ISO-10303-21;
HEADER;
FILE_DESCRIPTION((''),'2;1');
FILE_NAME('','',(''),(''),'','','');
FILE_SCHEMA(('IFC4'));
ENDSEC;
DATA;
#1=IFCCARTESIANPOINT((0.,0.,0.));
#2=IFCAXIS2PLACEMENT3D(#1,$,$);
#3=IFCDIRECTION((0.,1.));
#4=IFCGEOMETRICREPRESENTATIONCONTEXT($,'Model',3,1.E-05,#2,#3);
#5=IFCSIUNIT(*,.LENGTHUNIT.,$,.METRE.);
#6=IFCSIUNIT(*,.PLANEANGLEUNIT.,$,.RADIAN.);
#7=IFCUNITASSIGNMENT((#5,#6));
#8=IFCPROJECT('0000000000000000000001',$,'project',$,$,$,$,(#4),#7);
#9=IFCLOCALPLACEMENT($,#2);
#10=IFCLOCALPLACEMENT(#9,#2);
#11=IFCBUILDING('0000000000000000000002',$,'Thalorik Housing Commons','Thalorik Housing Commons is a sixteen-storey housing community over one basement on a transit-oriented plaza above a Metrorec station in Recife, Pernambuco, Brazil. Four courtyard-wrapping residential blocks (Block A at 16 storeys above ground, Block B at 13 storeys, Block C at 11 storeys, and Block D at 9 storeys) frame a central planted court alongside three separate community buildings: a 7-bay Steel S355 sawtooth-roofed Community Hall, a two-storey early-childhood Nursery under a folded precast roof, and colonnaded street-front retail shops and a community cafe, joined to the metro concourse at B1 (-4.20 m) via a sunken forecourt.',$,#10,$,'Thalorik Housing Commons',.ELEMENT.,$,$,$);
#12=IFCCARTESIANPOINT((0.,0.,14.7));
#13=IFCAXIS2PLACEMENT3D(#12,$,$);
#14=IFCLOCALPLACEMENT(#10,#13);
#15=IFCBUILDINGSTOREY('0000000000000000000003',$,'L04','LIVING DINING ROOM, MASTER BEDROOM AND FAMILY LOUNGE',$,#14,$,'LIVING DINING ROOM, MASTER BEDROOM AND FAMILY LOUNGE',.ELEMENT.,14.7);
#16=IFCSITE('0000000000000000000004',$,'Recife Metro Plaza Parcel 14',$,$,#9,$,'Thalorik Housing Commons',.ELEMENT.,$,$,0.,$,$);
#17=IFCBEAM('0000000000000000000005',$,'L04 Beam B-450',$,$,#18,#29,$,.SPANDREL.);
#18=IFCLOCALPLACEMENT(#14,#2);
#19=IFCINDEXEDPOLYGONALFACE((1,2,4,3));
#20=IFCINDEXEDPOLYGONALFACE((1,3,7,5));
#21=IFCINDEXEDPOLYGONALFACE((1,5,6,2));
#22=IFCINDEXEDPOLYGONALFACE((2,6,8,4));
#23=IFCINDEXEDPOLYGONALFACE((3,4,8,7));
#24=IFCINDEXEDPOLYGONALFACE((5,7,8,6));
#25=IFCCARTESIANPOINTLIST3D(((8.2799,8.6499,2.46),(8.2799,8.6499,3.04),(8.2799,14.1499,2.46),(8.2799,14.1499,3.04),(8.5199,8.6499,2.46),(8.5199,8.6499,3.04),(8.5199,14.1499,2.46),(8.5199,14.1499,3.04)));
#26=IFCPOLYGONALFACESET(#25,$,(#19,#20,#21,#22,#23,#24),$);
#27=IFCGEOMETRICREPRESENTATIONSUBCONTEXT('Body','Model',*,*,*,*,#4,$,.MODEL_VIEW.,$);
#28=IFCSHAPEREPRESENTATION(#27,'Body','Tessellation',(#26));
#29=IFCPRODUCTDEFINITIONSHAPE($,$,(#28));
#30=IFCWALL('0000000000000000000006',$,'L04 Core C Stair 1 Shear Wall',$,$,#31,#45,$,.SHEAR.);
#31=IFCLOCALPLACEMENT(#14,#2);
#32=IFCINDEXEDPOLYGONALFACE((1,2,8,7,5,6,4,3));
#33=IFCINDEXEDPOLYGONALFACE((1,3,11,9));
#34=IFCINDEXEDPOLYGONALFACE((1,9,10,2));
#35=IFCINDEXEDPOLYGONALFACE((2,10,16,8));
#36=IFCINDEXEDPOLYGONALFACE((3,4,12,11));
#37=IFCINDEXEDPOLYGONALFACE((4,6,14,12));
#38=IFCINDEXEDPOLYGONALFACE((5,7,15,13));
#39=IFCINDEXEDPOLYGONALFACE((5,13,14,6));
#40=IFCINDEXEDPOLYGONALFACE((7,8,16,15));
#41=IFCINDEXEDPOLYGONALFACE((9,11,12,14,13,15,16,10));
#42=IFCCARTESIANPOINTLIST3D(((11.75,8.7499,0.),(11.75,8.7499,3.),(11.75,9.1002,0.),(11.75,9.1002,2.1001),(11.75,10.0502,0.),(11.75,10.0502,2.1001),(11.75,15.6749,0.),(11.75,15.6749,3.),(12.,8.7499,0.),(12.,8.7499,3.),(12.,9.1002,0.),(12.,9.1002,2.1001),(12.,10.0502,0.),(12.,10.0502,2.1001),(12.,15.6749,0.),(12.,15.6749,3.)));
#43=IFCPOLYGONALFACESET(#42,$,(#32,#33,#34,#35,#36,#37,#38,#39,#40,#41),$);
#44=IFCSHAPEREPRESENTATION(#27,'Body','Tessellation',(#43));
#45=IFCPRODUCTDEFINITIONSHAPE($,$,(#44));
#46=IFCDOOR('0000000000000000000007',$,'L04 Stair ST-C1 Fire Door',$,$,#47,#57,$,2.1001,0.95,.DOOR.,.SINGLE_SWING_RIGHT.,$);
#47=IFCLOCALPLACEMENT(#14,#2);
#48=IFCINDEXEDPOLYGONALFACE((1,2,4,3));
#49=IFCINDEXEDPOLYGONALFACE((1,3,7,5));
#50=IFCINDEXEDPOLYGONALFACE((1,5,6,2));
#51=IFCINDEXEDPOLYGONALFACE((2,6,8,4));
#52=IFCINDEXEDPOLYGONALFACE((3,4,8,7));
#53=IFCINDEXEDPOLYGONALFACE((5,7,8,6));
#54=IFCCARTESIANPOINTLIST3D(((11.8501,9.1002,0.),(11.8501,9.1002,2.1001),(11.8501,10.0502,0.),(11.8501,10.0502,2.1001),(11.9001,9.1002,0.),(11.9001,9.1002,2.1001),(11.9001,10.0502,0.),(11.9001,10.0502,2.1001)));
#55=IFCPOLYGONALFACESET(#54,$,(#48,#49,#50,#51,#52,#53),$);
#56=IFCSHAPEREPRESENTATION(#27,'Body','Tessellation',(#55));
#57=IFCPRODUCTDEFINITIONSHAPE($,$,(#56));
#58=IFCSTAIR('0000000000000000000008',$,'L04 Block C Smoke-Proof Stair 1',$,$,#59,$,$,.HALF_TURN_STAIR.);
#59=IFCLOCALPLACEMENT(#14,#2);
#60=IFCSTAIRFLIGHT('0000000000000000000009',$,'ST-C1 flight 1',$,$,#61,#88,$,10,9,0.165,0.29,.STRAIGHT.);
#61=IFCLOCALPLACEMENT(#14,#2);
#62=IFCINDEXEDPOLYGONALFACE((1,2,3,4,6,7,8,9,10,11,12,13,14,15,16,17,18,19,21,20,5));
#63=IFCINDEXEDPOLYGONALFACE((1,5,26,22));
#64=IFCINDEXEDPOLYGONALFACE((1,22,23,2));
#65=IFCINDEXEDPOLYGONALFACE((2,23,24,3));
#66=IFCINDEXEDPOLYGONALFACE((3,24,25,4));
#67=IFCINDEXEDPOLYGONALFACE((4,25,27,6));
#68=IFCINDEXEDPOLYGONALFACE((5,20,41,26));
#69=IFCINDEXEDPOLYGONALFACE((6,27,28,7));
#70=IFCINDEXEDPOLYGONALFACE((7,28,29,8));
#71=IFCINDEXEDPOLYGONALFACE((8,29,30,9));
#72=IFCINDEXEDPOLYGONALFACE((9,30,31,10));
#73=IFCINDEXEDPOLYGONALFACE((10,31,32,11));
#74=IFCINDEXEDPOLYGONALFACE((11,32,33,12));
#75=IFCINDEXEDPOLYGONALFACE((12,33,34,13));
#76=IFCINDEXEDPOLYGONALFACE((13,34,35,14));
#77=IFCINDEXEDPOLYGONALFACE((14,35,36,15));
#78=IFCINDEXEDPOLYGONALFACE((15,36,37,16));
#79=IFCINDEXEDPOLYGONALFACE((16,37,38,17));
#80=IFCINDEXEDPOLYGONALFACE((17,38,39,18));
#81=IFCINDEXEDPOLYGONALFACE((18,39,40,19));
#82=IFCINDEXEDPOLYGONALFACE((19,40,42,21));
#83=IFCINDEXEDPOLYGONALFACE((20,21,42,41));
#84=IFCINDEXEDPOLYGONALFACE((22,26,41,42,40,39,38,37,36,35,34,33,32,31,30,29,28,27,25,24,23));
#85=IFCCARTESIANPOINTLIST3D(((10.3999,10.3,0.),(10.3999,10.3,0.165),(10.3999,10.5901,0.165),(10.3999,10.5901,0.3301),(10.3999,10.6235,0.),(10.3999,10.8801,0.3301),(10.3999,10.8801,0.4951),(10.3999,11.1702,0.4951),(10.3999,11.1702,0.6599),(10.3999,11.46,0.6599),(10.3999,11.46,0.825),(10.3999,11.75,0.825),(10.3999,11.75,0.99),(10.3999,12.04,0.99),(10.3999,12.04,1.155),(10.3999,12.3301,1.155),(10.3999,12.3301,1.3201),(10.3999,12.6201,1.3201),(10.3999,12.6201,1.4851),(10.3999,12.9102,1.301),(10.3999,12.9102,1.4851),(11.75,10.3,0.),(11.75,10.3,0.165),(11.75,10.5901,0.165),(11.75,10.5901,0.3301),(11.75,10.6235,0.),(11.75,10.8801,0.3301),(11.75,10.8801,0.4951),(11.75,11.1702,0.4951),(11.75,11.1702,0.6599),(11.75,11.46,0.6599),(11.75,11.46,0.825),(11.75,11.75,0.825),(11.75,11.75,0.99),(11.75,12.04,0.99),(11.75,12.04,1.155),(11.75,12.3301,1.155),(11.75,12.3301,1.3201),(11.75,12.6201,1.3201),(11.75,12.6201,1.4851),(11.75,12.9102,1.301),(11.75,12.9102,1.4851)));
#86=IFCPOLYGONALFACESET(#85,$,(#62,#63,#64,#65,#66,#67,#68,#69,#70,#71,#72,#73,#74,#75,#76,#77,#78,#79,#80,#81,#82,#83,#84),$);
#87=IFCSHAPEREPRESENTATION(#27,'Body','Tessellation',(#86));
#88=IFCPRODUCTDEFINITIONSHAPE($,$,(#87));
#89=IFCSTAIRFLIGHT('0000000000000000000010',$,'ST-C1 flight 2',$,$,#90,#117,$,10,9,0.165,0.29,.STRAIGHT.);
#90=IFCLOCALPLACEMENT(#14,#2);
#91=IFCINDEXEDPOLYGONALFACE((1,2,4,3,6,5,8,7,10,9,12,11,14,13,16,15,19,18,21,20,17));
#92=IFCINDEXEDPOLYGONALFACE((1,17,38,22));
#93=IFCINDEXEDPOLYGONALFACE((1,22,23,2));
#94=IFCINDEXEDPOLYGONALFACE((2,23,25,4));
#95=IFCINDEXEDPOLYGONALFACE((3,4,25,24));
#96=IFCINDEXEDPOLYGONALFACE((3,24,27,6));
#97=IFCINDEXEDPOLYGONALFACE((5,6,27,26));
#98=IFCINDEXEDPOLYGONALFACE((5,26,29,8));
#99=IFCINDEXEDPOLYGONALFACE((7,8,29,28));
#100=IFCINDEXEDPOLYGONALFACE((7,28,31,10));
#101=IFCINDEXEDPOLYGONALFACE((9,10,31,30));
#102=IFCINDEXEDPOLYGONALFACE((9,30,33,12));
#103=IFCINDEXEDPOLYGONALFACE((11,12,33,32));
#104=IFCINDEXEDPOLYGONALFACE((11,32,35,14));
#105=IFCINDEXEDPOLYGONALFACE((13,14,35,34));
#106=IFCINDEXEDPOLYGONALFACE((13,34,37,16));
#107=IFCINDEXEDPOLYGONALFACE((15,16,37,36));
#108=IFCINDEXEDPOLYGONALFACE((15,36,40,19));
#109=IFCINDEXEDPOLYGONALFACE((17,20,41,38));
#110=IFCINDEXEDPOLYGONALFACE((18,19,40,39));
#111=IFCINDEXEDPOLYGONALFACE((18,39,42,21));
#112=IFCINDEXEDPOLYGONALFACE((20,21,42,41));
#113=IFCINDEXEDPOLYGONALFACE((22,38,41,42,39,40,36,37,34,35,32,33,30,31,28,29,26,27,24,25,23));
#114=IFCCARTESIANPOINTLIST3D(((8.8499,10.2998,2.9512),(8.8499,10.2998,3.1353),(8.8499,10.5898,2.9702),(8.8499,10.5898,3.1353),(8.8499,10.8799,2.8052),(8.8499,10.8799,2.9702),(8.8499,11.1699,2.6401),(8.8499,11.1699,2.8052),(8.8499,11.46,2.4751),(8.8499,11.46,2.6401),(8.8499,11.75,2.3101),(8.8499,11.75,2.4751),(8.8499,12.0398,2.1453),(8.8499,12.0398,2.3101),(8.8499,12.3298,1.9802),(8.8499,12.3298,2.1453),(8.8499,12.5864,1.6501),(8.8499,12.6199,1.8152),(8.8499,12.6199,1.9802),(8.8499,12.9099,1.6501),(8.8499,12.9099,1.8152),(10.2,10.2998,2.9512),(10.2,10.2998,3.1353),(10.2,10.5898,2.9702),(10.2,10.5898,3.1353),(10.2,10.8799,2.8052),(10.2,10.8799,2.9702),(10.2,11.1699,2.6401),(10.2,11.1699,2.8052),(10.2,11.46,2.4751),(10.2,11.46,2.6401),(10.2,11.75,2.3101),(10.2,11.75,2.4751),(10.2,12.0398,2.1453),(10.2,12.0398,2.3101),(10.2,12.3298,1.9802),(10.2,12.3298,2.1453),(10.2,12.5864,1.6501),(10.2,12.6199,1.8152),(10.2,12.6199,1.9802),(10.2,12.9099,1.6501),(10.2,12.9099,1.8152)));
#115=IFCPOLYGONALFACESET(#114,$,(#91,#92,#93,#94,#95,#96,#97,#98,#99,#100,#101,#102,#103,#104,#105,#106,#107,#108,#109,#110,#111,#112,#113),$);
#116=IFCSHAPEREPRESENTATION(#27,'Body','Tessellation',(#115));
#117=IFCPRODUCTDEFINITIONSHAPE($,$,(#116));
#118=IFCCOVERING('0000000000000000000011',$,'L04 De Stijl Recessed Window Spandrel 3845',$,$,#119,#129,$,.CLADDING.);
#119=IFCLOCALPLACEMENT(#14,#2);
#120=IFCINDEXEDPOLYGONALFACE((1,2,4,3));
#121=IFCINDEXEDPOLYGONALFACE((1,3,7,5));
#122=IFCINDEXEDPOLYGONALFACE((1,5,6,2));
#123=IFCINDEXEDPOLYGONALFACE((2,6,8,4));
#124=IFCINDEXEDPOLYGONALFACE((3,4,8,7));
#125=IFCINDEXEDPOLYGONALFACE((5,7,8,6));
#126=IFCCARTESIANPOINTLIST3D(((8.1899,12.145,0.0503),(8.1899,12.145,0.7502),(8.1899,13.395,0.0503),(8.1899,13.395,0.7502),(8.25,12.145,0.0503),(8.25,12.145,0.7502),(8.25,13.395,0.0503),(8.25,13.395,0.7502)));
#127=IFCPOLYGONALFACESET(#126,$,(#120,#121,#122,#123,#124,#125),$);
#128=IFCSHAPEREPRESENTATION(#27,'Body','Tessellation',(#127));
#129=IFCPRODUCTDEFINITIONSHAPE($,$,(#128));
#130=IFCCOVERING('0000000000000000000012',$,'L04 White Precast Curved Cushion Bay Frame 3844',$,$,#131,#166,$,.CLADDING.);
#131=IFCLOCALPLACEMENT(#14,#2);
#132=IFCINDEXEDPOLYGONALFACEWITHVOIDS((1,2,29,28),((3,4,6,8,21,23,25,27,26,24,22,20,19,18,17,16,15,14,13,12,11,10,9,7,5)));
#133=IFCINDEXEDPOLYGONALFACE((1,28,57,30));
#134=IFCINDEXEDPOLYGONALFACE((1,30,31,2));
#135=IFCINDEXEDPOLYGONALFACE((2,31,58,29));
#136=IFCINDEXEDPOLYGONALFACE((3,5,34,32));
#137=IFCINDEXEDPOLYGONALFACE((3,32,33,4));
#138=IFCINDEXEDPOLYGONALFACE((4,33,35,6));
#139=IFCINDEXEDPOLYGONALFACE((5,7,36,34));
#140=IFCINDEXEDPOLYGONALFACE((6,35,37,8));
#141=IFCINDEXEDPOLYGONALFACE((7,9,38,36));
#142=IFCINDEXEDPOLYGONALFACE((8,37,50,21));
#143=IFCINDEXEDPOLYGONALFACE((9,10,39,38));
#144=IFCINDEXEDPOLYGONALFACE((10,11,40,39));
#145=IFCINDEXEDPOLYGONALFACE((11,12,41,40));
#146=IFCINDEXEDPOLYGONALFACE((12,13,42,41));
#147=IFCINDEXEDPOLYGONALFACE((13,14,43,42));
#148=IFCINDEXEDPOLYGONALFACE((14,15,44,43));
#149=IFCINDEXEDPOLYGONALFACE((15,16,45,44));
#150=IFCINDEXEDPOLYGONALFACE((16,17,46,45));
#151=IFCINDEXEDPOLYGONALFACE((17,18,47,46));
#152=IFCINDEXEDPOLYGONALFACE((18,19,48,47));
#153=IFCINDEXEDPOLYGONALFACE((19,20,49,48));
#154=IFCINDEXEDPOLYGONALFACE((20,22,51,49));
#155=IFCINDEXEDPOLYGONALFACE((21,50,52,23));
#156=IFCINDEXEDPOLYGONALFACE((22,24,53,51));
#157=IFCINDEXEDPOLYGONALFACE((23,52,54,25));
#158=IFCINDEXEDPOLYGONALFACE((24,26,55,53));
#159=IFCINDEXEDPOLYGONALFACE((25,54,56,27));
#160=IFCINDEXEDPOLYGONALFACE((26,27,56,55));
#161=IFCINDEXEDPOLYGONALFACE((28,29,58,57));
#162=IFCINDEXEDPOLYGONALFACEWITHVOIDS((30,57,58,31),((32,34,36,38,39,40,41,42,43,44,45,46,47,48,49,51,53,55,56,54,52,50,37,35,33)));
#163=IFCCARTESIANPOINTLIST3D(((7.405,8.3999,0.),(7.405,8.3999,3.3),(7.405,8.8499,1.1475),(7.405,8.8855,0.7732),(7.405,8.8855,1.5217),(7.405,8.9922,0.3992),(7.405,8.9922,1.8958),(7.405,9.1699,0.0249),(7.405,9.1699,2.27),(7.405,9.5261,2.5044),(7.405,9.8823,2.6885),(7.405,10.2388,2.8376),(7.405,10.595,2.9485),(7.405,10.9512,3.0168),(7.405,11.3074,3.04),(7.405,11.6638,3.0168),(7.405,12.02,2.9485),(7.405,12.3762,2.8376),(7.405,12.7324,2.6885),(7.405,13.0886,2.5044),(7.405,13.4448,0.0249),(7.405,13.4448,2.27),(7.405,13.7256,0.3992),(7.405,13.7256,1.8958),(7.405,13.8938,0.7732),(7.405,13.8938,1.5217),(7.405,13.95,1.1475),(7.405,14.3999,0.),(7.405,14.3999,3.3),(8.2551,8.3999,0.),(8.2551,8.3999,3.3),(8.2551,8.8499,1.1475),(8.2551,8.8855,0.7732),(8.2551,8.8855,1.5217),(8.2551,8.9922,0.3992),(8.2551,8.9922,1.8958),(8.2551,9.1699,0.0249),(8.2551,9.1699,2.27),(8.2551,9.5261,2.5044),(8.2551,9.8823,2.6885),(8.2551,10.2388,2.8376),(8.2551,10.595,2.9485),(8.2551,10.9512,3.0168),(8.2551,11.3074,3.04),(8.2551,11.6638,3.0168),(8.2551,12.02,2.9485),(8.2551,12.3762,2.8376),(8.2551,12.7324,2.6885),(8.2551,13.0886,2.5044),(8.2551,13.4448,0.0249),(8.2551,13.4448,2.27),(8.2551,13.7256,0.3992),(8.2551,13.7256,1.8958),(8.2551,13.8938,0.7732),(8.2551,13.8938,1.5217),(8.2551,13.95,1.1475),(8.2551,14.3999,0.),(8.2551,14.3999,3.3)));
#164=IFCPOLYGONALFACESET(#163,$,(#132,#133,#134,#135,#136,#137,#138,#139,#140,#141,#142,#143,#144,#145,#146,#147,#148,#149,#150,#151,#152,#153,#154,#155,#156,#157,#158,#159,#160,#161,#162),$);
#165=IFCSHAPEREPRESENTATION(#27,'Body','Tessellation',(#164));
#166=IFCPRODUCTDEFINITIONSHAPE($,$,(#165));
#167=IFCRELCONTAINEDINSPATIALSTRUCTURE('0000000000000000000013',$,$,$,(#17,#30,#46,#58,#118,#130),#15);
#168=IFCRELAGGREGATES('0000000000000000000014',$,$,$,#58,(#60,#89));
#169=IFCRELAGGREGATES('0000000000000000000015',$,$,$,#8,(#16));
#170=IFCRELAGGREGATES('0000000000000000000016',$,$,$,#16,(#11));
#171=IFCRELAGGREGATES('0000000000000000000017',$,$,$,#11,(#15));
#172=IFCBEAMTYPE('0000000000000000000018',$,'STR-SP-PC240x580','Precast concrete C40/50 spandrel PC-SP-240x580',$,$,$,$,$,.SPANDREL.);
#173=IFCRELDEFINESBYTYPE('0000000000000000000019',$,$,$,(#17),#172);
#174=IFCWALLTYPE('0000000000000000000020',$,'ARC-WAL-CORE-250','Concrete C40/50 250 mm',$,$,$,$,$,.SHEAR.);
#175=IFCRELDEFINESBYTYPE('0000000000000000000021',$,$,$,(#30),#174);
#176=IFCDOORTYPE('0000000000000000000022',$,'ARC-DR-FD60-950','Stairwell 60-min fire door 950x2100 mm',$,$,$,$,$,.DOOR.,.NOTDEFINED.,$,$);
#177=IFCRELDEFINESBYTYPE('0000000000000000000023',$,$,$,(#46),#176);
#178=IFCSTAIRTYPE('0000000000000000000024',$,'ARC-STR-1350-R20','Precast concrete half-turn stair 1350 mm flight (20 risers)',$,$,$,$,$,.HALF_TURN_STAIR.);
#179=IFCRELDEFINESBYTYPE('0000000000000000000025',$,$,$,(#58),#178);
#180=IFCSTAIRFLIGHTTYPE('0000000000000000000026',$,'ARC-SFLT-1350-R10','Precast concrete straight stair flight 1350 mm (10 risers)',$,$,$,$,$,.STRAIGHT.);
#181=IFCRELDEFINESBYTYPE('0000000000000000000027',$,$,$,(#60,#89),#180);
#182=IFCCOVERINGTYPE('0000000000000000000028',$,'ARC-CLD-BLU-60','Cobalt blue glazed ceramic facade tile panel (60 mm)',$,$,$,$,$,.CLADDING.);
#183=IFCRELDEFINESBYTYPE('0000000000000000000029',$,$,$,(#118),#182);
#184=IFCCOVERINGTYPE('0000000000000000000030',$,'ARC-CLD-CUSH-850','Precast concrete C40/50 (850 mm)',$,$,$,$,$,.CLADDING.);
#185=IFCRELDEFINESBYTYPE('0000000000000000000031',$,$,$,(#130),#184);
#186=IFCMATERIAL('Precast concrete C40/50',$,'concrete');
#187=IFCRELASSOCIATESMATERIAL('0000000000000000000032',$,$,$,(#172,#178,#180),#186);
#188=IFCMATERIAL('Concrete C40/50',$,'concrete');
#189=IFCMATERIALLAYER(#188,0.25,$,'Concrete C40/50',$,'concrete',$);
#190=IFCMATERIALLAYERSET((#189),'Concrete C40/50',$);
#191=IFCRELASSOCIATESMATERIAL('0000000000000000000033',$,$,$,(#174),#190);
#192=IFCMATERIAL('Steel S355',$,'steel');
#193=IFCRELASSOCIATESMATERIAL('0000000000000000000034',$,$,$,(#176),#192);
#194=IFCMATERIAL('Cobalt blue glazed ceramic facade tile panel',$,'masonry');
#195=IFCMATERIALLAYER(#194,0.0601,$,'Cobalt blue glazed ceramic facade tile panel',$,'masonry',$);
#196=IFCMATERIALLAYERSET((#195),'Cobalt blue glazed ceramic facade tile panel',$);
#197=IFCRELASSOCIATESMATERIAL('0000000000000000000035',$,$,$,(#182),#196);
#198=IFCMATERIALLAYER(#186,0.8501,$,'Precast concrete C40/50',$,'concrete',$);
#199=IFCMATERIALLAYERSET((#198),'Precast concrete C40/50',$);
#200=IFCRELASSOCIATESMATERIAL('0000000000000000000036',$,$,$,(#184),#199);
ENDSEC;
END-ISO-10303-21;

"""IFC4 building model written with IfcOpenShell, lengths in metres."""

from ifc_helpers import new_model, si_unit, direction, frame, frame_2d, origin, origin_2d, place, context, subcontext, project, spatial, polyline, rectangle, outline, extrude, material, layer, layer_set, material_profile, profile_set, type_object, element, fill, aggregate, save


model = new_model("IFC4")

# Units and contexts
model_context = context("Model", 3, precision=1e-05, world=origin(), true_north=direction((0.0, 1.0)))
body_context = subcontext(model_context, "Body", "Model", "MODEL_VIEW")
ifc_project = project(units=[si_unit("LENGTHUNIT", "METRE"), si_unit("PLANEANGLEUNIT", "RADIAN")], contexts=[model_context])

# Site, building, storey
site_placement = place(None, origin())
site = spatial("IfcSite", under=ifc_project, at=site_placement, Name="Recife Metro Plaza Parcel 14", LongName="Thalorik Housing Commons", CompositionType="ELEMENT", RefElevation=0.0)
building_placement = place(site_placement, origin())
building = spatial("IfcBuilding", under=site, at=building_placement, Name="Thalorik Housing Commons", Description="Thalorik Housing Commons is a sixteen-storey housing community over one basement on a transit-oriented plaza above a Metrorec station in Recife, Pernambuco, Brazil. Four courtyard-wrapping residential blocks (Block A at 16 storeys above ground, Block B at 13 storeys, Block C at 11 storeys, and Block D at 9 storeys) frame a central planted court alongside three separate community buildings: a 7-bay Steel S355 sawtooth-roofed Community Hall, a two-storey early-childhood Nursery under a folded precast roof, and colonnaded street-front retail shops and a community cafe, joined to the metro concourse at B1 (-4.20 m) via a sunken forecourt.", LongName="Thalorik Housing Commons", CompositionType="ELEMENT")
storey_placement = place(building_placement, frame((0.0, 0.0, 14.7)))
storey = spatial("IfcBuildingStorey", under=building, at=storey_placement, Name="L04", Description="LIVING DINING ROOM, MASTER BEDROOM AND FAMILY LOUNGE", LongName="LIVING DINING ROOM, MASTER BEDROOM AND FAMILY LOUNGE", CompositionType="ELEMENT", Elevation=14.7)

# Beam
ifc_material_1 = material(Name="Precast concrete C40/50", Category="concrete")
ifc_material_profile = material_profile(ifc_material_1, rectangle(XDim=0.24, YDim=0.5801, at=origin_2d()), Name="PC SP 240x580", Category="concrete")
ifc_profile_set = profile_set([ifc_material_profile], Name="Precast concrete C40/50")
beam_type = type_object("IfcBeamType", Name="STR-SP-PC240x580", Description="Precast concrete C40/50 spandrel PC-SP-240x580", PredefinedType="SPANDREL", material=ifc_profile_set)
beam_placement = place(storey_placement, frame((8.3999, 8.6499, 2.75), z_axis=(0.0, 1.0, 0.0), x_axis=(-1.0, 0.0, 0.0)))
element("IfcBeam", 1, at=beam_placement, inside=storey, type_object=beam_type, Name="L04 Beam B-450", PredefinedType="SPANDREL", context=body_context, shape_type="SweptSolid", body=[
    extrude(rectangle(XDim=0.24, YDim=0.5801, at=origin_2d()), origin(), (0.0, 0.0, 1.0), 5.5),
])

# Wall, opening, door
ifc_material_2 = material(Name="Concrete C40/50", Category="concrete")
ifc_layer_1 = layer(ifc_material_2, 0.25, Name="Concrete C40/50", Category="concrete")
ifc_layer_set_1 = layer_set([ifc_layer_1], Name="Concrete C40/50")
wall_type = type_object("IfcWallType", Name="ARC-WAL-CORE-250", Description="Concrete C40/50 250 mm", PredefinedType="SHEAR", material=ifc_layer_set_1)
wall_1_placement = place(storey_placement, frame((11.875, 8.75, 0.0), z_axis=(0.0, 0.0, 1.0), x_axis=(0.0, 1.0, 0.0)))
wall_1 = element("IfcWall", 2, at=wall_1_placement, inside=storey, type_object=wall_type, Name="L04 Core C Stair 1 Shear Wall", PredefinedType="SHEAR", context=body_context, shape_type="SweptSolid", body=[
    extrude(rectangle(XDim=6.925, YDim=0.25, at=frame_2d((3.4624, 0.0))), origin(), (0.0, 0.0, 1.0), 3.0),
])
opening_1_placement = place(wall_1_placement, frame((0.3501, 0.0, 0.0)))
opening_1 = element("IfcOpeningElement", 3, at=opening_1_placement, cuts=wall_1, PredefinedType="OPENING", context=body_context, shape_type="SweptSolid", body=[
    extrude(rectangle(XDim=0.95, YDim=2.1001, at=frame_2d((0.4751, 1.05))), frame((0.0, 0.135, 0.0), z_axis=(0.0, -1.0, 0.0), x_axis=(1.0, 0.0, 0.0)), (0.0, 0.0, 1.0), 0.27),
])
ifc_material_3 = material(Name="Steel S355", Category="steel")
door_type_1 = type_object("IfcDoorType", Name="ARC-DR-FD60-950", Description="Stairwell 60-min fire door 950x2100 mm", OperationType="NOTDEFINED", PredefinedType="DOOR", material=ifc_material_3)
door_1_placement = place(opening_1_placement, origin())
door_1 = element("IfcDoor", 4, at=door_1_placement, inside=storey, type_object=door_type_1, Name="L04 Stair ST-C1 Fire Door", OperationType="SINGLE_SWING_RIGHT", OverallHeight=2.1001, OverallWidth=0.95, PredefinedType="DOOR", context=body_context, shape_type="SweptSolid", body=[
    extrude(rectangle(XDim=0.95, YDim=2.1001, at=frame_2d((0.4751, 1.05))), frame((0.0, 0.0249, 0.0), z_axis=(0.0, -1.0, 0.0), x_axis=(1.0, 0.0, 0.0)), (0.0, 0.0, 1.0), 0.05),
])
fill(opening_1, door_1)

# Stair, stair flights
stair_type = type_object("IfcStairType", Name="ARC-STR-1350-R20", Description="Precast concrete half-turn stair 1350 mm flight (20 risers)", PredefinedType="HALF_TURN_STAIR", material=ifc_material_1)
stair_placement = place(storey_placement, origin())
stair = element("IfcStair", 5, at=stair_placement, inside=storey, type_object=stair_type, Name="L04 Block C Smoke-Proof Stair 1", PredefinedType="HALF_TURN_STAIR")
stair_flight_type = type_object("IfcStairFlightType", Name="ARC-SFLT-1350-R10", Description="Precast concrete straight stair flight 1350 mm (10 risers)", PredefinedType="STRAIGHT", material=ifc_material_1)
stair_flight_1_placement = place(storey_placement, frame((11.075, 10.3, 0.0), z_axis=(0.0, 0.0, 1.0), x_axis=(0.0, 1.0, 0.0)))
stair_flight_1 = element("IfcStairFlight", 6, at=stair_flight_1_placement, type_object=stair_flight_type, Name="ST-C1 flight 1", NumberOfRisers=10, NumberOfTreads=9, PredefinedType="STRAIGHT", RiserHeight=0.165, TreadLength=0.29, context=body_context, shape_type="SweptSolid", body=[
    extrude(outline(polyline([(0.0, 0.0), (0.0, 0.165), (0.29, 0.165), (0.29, 0.3301), (0.5801, 0.3301), (0.5801, 0.4951), (0.8701, 0.4951), (0.8701, 0.6599), (1.1599, 0.6599), (1.1599, 0.825), (1.45, 0.825), (1.45, 0.99), (1.74, 0.99), (1.74, 1.155), (2.03, 1.155), (2.03, 1.3201), (2.3201, 1.3201), (2.3201, 1.4851), (2.6101, 1.4851), (2.6101, 1.6499), (2.6101, 1.301), (0.3235, 0.0), (0.0, 0.0)])), frame((0.0, 0.675, 0.0), z_axis=(0.0, -1.0, 0.0), x_axis=(1.0, 0.0, 0.0)), (0.0, 0.0, 1.0), 1.3501),
])
stair_flight_2_placement = place(storey_placement, frame((9.5249, 12.9099, 1.6501), z_axis=(0.0, 0.0, 1.0), x_axis=(0.0, -1.0, 0.0)))
stair_flight_2 = element("IfcStairFlight", 7, at=stair_flight_2_placement, type_object=stair_flight_type, Name="ST-C1 flight 2", NumberOfRisers=10, NumberOfTreads=9, PredefinedType="STRAIGHT", RiserHeight=0.165, TreadLength=0.29, context=body_context, shape_type="SweptSolid", body=[
    extrude(outline(polyline([(0.0, 0.0), (0.0, 0.165), (0.29, 0.165), (0.29, 0.3301), (0.5801, 0.3301), (0.5801, 0.4951), (0.8701, 0.4951), (0.8701, 0.6599), (1.1599, 0.6599), (1.1599, 0.825), (1.45, 0.825), (1.45, 0.99), (1.74, 0.99), (1.74, 1.155), (2.03, 1.155), (2.03, 1.3201), (2.3201, 1.3201), (2.3201, 1.4851), (2.6101, 1.4851), (2.6101, 1.6499), (2.6101, 1.301), (0.3235, 0.0), (0.0, 0.0)])), frame((0.0, 0.675, 0.0), z_axis=(0.0, -1.0, 0.0), x_axis=(1.0, 0.0, 0.0)), (0.0, 0.0, 1.0), 1.3501),
])
aggregate(stair, [stair_flight_1, stair_flight_2])

# Coverings
ifc_material_4 = material(Name="Cobalt blue glazed ceramic facade tile panel", Category="masonry")
ifc_layer_2 = layer(ifc_material_4, 0.0601, Name="Cobalt blue glazed ceramic facade tile panel", Category="masonry")
ifc_layer_set_2 = layer_set([ifc_layer_2], Name="Cobalt blue glazed ceramic facade tile panel")
covering_type_1 = type_object("IfcCoveringType", Name="ARC-CLD-BLU-60", Description="Cobalt blue glazed ceramic facade tile panel (60 mm)", PredefinedType="CLADDING", material=ifc_layer_set_2)
covering_1_placement = place(storey_placement, frame((8.22, 12.77, 0.0503), z_axis=(0.0, 0.0, 1.0), x_axis=(0.0, -1.0, 0.0)))
element("IfcCovering", 8, at=covering_1_placement, inside=storey, type_object=covering_type_1, Name="L04 De Stijl Recessed Window Spandrel 3845", PredefinedType="CLADDING", context=body_context, shape_type="SweptSolid", body=[
    extrude(rectangle(XDim=1.25, YDim=0.0601, at=origin_2d()), origin(), (0.0, 0.0, 1.0), 0.7),
])
ifc_layer_3 = layer(ifc_material_1, 0.8501, Name="Precast concrete C40/50", Category="concrete")
ifc_layer_set_3 = layer_set([ifc_layer_3], Name="Precast concrete C40/50")
covering_type_2 = type_object("IfcCoveringType", Name="ARC-CLD-CUSH-850", Description="Precast concrete C40/50 (850 mm)", PredefinedType="CLADDING", material=ifc_layer_set_3)
covering_2_placement = place(storey_placement, frame((7.8301, 11.3999, 0.0), z_axis=(0.0, 0.0, 1.0), x_axis=(0.0, -1.0, 0.0)))
element("IfcCovering", 9, at=covering_2_placement, inside=storey, type_object=covering_type_2, Name="L04 White Precast Curved Cushion Bay Frame 3844", PredefinedType="CLADDING", context=body_context, shape_type="SweptSolid", body=[
    extrude(outline(polyline([(-3.0, 0.0), (3.0, 0.0), (3.0, 3.3), (-3.0, 3.3), (-3.0, 0.0)]), holes=[polyline([(2.23, 0.0249), (2.4077, 0.3992), (2.5144, 0.7732), (2.55, 1.1475), (2.5144, 1.5217), (2.4077, 1.8958), (2.23, 2.27), (1.8738, 2.5044), (1.5176, 2.6885), (1.1611, 2.8376), (0.8049, 2.9485), (0.4487, 3.0168), (0.0925, 3.04), (-0.2639, 3.0168), (-0.6201, 2.9485), (-0.9763, 2.8376), (-1.3325, 2.6885), (-1.6887, 2.5044), (-2.0449, 2.27), (-2.3257, 1.8958), (-2.4939, 1.5217), (-2.55, 1.1475), (-2.4939, 0.7732), (-2.3257, 0.3992), (-2.0449, 0.0249), (2.23, 0.0249)])]), frame((0.0, 0.425, 0.0), z_axis=(0.0, -1.0, 0.0), x_axis=(1.0, 0.0, 0.0)), (0.0, 0.0, 1.0), 0.8501),
])

save(model, "model.ifc")
